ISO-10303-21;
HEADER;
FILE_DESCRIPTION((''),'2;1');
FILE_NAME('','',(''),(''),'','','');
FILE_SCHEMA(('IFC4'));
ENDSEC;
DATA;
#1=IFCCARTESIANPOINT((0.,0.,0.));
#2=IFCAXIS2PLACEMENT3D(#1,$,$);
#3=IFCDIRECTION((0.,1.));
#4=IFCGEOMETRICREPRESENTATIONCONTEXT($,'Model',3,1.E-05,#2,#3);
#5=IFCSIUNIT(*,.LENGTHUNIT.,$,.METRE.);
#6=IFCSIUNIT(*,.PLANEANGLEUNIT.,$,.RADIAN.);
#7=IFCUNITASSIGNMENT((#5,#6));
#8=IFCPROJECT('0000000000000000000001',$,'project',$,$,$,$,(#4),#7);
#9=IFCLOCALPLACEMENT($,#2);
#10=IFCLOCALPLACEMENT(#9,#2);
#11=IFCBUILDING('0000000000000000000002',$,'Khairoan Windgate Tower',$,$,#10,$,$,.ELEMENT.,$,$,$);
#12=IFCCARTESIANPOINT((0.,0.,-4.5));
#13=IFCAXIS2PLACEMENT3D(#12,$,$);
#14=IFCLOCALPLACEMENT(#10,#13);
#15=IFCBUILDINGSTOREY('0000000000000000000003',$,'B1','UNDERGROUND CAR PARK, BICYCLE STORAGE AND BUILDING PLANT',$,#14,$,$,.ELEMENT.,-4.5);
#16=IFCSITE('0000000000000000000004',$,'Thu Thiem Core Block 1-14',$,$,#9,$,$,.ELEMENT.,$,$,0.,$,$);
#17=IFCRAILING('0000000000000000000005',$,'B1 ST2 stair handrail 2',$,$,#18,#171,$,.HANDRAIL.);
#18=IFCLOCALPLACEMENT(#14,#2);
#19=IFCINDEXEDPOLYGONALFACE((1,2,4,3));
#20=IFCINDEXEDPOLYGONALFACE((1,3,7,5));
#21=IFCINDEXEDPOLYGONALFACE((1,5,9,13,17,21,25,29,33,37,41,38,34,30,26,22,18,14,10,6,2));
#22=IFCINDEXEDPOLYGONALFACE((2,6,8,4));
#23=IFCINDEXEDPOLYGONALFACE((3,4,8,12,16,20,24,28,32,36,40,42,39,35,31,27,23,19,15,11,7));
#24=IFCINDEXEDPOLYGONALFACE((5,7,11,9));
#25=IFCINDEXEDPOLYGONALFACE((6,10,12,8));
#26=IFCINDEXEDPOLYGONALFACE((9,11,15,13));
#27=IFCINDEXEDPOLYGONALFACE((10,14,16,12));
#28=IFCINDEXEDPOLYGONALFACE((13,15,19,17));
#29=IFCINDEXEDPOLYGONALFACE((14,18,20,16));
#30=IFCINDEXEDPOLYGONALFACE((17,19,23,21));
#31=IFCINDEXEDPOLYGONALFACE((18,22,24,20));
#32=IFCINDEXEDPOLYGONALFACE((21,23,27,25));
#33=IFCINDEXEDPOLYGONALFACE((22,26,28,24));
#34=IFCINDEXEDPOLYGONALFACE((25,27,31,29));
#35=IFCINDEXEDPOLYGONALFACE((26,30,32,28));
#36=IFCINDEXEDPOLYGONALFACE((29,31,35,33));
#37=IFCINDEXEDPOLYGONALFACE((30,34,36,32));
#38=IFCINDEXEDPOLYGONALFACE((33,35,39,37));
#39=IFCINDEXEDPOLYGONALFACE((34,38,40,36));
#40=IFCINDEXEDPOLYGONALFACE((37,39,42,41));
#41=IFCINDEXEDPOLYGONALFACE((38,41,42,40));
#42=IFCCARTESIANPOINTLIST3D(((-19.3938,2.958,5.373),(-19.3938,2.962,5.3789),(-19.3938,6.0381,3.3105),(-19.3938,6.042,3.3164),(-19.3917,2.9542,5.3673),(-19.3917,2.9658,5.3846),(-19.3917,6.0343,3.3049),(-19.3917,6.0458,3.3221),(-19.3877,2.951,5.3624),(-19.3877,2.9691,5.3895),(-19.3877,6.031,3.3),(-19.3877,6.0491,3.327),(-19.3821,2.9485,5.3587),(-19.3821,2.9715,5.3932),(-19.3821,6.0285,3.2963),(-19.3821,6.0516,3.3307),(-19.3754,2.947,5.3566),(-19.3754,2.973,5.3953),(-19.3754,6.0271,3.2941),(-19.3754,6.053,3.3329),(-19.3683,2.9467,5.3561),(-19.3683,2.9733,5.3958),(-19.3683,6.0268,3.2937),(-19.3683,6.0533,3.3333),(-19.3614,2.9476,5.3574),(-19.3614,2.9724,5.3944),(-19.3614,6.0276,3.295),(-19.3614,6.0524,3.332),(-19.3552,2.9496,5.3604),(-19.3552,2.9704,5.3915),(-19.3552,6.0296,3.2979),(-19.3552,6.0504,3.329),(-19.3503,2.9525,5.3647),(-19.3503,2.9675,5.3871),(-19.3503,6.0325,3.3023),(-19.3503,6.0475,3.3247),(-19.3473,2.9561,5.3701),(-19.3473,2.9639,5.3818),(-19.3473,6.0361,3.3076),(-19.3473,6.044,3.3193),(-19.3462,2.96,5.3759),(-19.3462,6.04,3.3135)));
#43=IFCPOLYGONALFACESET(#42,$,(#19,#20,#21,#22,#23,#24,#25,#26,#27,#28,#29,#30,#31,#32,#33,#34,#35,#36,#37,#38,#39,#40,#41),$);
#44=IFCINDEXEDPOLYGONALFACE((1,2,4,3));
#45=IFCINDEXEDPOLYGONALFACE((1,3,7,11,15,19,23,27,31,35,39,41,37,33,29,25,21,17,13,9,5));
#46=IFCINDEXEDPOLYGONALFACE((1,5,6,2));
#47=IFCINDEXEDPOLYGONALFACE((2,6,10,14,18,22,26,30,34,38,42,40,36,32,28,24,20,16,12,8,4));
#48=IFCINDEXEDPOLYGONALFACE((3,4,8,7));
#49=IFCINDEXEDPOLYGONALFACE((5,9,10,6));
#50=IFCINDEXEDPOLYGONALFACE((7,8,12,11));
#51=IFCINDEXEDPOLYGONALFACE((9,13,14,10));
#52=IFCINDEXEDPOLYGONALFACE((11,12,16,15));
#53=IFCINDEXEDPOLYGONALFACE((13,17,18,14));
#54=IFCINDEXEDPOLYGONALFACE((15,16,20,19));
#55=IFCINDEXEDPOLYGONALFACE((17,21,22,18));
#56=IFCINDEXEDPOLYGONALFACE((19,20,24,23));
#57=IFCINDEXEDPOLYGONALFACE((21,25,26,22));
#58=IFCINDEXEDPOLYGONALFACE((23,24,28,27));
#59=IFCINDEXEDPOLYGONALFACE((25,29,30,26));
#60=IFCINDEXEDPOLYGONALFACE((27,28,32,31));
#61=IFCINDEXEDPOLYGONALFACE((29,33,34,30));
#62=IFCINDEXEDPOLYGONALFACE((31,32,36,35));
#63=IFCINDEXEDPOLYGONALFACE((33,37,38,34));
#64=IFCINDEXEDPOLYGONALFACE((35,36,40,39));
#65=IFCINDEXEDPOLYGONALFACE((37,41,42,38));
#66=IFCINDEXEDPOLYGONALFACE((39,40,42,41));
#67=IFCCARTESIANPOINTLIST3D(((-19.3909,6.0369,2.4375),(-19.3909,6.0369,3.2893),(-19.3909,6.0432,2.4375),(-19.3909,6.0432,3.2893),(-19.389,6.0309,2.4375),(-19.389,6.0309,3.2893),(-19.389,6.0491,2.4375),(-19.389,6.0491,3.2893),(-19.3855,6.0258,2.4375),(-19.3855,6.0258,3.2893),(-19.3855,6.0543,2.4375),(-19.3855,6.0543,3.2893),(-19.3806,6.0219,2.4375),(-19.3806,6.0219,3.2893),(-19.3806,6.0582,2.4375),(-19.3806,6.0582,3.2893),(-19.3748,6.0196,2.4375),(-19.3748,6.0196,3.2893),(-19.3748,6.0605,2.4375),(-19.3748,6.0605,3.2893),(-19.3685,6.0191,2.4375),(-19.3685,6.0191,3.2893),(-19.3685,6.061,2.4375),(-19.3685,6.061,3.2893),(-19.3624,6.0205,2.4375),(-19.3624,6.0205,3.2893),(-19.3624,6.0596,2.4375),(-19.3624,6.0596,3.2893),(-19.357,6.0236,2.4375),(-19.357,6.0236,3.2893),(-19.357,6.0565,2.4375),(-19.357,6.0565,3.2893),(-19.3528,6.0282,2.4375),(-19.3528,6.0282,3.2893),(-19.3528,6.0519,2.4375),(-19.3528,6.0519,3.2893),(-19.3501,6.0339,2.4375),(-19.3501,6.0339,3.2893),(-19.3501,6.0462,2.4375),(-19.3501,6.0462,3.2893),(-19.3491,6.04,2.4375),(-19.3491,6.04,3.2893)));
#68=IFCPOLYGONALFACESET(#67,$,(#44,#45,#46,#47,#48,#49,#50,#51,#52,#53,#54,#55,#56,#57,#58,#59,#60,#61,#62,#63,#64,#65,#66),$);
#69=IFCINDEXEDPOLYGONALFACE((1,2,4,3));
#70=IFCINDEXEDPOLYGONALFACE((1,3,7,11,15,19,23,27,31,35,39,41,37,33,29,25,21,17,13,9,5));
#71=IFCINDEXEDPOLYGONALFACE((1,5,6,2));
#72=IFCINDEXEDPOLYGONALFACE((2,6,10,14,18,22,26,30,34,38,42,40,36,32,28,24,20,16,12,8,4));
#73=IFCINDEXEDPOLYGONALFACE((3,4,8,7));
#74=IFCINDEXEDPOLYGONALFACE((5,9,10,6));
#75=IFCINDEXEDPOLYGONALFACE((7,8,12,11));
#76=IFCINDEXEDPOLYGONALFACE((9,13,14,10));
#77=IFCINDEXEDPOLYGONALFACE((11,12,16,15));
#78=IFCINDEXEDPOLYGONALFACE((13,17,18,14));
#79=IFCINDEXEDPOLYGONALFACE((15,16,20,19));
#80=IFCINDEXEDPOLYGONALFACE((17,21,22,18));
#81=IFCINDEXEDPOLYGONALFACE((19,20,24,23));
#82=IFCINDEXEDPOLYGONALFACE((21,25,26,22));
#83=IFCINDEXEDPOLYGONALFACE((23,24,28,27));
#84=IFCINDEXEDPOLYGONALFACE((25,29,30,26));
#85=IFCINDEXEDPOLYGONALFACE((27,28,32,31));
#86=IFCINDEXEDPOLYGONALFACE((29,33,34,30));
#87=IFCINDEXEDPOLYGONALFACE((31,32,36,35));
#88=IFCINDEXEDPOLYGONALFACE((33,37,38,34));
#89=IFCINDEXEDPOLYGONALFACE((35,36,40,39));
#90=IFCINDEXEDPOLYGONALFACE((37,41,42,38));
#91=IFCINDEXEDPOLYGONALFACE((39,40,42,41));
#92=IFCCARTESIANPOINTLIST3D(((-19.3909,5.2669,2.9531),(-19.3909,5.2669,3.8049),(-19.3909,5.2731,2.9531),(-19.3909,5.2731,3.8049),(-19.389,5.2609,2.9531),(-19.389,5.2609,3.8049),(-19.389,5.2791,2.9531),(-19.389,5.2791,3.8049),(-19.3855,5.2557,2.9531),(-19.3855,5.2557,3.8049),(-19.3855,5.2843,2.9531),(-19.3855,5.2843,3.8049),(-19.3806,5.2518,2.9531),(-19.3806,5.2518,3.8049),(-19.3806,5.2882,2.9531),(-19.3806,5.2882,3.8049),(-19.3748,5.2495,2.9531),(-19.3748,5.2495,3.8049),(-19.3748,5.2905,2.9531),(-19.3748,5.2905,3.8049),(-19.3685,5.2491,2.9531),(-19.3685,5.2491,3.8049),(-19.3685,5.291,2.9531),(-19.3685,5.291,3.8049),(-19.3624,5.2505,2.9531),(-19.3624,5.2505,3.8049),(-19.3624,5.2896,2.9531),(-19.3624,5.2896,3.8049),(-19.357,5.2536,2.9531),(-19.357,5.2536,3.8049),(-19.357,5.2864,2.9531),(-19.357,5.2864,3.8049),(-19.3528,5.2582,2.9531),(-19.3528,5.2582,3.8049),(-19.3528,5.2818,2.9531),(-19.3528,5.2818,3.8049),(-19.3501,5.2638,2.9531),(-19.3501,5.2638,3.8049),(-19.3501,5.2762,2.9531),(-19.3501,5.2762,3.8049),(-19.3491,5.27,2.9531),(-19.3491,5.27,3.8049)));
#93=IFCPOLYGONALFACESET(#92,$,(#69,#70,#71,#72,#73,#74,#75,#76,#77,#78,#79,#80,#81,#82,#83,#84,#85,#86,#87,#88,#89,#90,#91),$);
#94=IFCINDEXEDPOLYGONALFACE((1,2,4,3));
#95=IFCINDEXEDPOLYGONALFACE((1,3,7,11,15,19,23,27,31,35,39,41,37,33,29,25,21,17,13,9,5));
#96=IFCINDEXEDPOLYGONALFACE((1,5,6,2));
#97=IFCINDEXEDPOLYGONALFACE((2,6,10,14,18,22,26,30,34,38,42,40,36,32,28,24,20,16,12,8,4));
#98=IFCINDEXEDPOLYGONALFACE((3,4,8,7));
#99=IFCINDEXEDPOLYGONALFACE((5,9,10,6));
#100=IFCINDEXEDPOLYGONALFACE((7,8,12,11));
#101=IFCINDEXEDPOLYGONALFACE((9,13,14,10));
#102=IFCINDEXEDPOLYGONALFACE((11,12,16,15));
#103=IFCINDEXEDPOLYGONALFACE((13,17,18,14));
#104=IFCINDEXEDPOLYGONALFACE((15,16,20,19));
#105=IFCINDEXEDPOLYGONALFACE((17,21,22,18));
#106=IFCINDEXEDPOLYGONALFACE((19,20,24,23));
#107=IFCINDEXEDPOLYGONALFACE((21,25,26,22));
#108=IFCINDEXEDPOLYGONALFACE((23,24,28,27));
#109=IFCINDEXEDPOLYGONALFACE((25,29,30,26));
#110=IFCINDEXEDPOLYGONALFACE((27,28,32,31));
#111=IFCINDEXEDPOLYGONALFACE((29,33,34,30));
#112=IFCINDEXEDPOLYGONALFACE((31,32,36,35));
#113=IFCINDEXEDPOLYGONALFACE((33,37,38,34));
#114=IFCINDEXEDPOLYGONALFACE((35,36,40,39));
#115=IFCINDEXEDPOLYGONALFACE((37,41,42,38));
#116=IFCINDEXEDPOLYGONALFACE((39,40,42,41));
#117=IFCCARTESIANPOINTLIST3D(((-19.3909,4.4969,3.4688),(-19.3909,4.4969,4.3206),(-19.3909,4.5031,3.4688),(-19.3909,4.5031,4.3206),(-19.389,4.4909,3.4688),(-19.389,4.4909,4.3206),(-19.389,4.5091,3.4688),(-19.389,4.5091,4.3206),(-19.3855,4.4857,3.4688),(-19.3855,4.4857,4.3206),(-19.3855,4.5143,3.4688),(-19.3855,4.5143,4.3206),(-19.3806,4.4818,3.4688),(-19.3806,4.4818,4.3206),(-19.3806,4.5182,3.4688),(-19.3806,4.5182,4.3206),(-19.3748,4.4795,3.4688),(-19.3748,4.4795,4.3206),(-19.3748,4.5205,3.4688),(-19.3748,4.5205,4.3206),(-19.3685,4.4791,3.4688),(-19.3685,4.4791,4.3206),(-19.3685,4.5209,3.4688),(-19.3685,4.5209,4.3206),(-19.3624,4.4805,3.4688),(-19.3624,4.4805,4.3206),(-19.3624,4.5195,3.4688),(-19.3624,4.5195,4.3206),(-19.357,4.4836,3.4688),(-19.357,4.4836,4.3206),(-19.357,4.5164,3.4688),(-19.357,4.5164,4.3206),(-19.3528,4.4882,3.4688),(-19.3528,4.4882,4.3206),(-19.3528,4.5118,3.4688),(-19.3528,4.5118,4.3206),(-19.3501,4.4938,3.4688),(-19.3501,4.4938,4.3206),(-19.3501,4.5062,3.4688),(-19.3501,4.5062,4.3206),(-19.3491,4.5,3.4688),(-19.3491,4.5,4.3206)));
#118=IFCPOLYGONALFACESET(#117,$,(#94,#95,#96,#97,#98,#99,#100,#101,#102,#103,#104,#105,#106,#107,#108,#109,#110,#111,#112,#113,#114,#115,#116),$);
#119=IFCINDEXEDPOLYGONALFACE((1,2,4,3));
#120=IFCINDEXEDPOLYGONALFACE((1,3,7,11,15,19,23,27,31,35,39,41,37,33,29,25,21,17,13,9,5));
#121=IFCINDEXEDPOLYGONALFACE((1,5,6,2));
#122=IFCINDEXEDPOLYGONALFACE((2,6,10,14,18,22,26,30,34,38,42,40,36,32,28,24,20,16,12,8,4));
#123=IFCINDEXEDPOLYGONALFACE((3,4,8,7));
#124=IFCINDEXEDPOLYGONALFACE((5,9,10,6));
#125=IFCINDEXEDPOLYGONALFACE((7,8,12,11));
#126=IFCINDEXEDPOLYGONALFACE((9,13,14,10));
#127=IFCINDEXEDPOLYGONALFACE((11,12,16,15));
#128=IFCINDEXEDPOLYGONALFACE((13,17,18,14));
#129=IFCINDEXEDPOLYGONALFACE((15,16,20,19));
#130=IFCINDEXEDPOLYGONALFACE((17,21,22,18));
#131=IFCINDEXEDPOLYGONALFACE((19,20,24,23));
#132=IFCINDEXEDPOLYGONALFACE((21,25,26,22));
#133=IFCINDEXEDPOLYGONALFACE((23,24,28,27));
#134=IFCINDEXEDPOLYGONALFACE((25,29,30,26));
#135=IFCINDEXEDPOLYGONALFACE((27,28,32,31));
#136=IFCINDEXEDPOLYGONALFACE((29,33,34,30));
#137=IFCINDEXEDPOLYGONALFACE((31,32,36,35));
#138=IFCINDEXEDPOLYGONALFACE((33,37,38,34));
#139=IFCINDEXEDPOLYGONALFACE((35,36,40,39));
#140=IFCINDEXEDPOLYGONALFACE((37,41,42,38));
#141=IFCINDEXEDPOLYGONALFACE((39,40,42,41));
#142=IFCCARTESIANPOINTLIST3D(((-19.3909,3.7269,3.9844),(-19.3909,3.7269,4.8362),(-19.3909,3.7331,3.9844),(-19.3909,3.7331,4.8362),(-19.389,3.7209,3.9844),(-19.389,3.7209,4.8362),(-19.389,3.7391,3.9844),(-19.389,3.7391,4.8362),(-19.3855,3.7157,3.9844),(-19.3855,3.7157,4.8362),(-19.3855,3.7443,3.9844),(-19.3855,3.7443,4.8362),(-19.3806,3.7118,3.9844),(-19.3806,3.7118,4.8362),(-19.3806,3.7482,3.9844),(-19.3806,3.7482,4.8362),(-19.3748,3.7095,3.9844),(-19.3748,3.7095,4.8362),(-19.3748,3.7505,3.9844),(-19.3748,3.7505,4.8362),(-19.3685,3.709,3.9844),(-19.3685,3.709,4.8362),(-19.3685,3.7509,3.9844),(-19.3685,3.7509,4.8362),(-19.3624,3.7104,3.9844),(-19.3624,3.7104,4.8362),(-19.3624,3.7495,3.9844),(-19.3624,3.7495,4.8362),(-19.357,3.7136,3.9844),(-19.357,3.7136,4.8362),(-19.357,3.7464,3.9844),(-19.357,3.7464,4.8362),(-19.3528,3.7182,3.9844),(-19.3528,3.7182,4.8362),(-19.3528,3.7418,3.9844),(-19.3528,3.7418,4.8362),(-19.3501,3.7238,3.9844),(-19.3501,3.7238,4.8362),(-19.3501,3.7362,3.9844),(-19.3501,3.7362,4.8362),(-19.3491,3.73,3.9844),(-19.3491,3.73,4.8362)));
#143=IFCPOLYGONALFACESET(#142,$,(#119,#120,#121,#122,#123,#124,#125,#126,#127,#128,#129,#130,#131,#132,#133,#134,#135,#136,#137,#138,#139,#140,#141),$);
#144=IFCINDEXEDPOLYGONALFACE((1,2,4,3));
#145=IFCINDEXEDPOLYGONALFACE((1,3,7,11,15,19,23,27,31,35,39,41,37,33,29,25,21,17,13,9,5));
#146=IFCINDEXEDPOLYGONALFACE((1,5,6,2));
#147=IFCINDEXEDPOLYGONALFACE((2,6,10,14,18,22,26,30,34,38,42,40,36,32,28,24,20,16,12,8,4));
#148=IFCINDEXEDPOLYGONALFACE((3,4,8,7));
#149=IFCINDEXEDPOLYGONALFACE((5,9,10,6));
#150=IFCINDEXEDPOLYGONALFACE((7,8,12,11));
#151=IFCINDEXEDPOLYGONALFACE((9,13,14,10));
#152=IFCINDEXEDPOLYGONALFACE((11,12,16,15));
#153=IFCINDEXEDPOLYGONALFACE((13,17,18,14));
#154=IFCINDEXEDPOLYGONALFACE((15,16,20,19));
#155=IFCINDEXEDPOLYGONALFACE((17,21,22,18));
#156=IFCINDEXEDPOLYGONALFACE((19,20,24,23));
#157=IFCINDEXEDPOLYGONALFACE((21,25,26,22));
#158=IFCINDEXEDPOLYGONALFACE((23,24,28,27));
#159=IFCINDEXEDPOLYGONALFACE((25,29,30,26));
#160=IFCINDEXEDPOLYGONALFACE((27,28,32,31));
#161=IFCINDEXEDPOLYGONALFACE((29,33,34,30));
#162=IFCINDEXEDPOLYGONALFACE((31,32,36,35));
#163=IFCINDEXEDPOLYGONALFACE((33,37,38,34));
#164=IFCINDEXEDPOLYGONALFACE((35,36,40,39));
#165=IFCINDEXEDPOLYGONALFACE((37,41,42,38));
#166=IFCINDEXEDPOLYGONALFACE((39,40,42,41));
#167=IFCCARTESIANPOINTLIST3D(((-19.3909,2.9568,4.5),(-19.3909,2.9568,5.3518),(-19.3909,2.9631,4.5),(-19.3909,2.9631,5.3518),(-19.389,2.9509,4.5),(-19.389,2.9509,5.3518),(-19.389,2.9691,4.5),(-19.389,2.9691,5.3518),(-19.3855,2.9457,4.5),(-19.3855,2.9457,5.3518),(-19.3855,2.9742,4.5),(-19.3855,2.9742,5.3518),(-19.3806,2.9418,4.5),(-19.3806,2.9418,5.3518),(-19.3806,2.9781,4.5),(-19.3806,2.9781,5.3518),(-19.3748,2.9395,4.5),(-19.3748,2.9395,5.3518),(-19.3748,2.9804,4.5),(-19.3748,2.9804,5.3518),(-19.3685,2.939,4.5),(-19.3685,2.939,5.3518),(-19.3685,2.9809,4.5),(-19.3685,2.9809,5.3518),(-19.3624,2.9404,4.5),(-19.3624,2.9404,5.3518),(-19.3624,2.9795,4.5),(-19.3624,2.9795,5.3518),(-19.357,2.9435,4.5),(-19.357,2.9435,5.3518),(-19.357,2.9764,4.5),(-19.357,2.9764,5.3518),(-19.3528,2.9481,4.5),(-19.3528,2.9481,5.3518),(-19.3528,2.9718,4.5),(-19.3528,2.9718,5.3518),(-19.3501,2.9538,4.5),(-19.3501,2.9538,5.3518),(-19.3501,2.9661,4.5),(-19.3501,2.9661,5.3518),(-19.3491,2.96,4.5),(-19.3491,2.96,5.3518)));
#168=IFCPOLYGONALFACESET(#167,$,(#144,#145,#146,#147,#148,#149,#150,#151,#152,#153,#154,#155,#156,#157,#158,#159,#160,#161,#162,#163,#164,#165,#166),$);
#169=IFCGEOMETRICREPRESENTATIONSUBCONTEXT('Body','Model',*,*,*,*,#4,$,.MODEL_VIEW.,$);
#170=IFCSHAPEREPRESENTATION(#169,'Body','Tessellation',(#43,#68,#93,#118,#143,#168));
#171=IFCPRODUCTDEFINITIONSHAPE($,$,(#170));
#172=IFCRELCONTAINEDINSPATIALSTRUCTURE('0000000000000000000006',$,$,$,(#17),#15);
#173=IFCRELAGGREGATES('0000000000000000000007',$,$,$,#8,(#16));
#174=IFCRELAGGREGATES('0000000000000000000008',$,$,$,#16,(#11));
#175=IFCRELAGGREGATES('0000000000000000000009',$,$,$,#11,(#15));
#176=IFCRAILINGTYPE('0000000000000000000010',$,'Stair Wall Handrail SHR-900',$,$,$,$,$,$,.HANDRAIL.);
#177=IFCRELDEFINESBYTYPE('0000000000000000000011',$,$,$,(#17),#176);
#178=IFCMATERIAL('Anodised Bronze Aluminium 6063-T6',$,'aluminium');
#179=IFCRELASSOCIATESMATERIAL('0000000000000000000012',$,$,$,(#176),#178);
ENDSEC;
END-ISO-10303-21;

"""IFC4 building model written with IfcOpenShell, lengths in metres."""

from ifc_helpers import new_model, si_unit, direction, frame, origin, origin_2d, place, context, subcontext, project, spatial, circle, extrude, material, type_object, element, save


model = new_model("IFC4")

# Units and contexts
model_context = context("Model", 3, precision=1e-05, world=origin(), true_north=direction((0.0, 1.0)))
body_context = subcontext(model_context, "Body", "Model", "MODEL_VIEW")
ifc_project = project(units=[si_unit("LENGTHUNIT", "METRE"), si_unit("PLANEANGLEUNIT", "RADIAN")], contexts=[model_context])

# Site, building, storey
site_placement = place(None, origin())
site = spatial("IfcSite", under=ifc_project, at=site_placement, Name="Thu Thiem Core Block 1-14", CompositionType="ELEMENT", RefElevation=0.0)
building_placement = place(site_placement, origin())
building = spatial("IfcBuilding", under=site, at=building_placement, Name="Khairoan Windgate Tower", CompositionType="ELEMENT")
storey_placement = place(building_placement, frame((0.0, 0.0, -4.5)))
storey = spatial("IfcBuildingStorey", under=building, at=storey_placement, Name="B1", Description="UNDERGROUND CAR PARK, BICYCLE STORAGE AND BUILDING PLANT", CompositionType="ELEMENT", Elevation=-4.5)

# Railing
ifc_material_1 = material(Name="Anodised Bronze Aluminium 6063-T6", Category="aluminium")
railing_type_1 = type_object("IfcRailingType", Name="Stair Wall Handrail SHR-900", PredefinedType="HANDRAIL", material=ifc_material_1)
railing_1_placement = place(storey_placement, frame((-19.3701, 6.04, 2.4375)))
element("IfcRailing", 1, at=railing_1_placement, inside=storey, type_object=railing_type_1, Name="B1 ST2 stair handrail 2", PredefinedType="HANDRAIL", context=body_context, shape_type="SweptSolid", body=[
    extrude(circle(Radius=0.0239, at=origin_2d()), frame((0.0, 0.0, 0.876), z_axis=(0.0, -0.830914, 0.556401), x_axis=(1.0, 0.0, 0.0)), (0.0, 0.0, 1.0), 3.7068),
    extrude(circle(Radius=0.021, at=origin_2d()), origin(), (0.0, 0.0, 1.0), 0.8518),
    extrude(circle(Radius=0.021, at=origin_2d()), frame((0.0, -0.77, 0.5156)), (0.0, 0.0, 1.0), 0.8518),
    extrude(circle(Radius=0.021, at=origin_2d()), frame((0.0, -1.54, 1.0312)), (0.0, 0.0, 1.0), 0.8518),
    extrude(circle(Radius=0.021, at=origin_2d()), frame((0.0, -2.3101, 1.5469)), (0.0, 0.0, 1.0), 0.8518),
    extrude(circle(Radius=0.021, at=origin_2d()), frame((0.0, -3.0801, 2.0625)), (0.0, 0.0, 1.0), 0.8518),
])

save(model, "model.ifc")
